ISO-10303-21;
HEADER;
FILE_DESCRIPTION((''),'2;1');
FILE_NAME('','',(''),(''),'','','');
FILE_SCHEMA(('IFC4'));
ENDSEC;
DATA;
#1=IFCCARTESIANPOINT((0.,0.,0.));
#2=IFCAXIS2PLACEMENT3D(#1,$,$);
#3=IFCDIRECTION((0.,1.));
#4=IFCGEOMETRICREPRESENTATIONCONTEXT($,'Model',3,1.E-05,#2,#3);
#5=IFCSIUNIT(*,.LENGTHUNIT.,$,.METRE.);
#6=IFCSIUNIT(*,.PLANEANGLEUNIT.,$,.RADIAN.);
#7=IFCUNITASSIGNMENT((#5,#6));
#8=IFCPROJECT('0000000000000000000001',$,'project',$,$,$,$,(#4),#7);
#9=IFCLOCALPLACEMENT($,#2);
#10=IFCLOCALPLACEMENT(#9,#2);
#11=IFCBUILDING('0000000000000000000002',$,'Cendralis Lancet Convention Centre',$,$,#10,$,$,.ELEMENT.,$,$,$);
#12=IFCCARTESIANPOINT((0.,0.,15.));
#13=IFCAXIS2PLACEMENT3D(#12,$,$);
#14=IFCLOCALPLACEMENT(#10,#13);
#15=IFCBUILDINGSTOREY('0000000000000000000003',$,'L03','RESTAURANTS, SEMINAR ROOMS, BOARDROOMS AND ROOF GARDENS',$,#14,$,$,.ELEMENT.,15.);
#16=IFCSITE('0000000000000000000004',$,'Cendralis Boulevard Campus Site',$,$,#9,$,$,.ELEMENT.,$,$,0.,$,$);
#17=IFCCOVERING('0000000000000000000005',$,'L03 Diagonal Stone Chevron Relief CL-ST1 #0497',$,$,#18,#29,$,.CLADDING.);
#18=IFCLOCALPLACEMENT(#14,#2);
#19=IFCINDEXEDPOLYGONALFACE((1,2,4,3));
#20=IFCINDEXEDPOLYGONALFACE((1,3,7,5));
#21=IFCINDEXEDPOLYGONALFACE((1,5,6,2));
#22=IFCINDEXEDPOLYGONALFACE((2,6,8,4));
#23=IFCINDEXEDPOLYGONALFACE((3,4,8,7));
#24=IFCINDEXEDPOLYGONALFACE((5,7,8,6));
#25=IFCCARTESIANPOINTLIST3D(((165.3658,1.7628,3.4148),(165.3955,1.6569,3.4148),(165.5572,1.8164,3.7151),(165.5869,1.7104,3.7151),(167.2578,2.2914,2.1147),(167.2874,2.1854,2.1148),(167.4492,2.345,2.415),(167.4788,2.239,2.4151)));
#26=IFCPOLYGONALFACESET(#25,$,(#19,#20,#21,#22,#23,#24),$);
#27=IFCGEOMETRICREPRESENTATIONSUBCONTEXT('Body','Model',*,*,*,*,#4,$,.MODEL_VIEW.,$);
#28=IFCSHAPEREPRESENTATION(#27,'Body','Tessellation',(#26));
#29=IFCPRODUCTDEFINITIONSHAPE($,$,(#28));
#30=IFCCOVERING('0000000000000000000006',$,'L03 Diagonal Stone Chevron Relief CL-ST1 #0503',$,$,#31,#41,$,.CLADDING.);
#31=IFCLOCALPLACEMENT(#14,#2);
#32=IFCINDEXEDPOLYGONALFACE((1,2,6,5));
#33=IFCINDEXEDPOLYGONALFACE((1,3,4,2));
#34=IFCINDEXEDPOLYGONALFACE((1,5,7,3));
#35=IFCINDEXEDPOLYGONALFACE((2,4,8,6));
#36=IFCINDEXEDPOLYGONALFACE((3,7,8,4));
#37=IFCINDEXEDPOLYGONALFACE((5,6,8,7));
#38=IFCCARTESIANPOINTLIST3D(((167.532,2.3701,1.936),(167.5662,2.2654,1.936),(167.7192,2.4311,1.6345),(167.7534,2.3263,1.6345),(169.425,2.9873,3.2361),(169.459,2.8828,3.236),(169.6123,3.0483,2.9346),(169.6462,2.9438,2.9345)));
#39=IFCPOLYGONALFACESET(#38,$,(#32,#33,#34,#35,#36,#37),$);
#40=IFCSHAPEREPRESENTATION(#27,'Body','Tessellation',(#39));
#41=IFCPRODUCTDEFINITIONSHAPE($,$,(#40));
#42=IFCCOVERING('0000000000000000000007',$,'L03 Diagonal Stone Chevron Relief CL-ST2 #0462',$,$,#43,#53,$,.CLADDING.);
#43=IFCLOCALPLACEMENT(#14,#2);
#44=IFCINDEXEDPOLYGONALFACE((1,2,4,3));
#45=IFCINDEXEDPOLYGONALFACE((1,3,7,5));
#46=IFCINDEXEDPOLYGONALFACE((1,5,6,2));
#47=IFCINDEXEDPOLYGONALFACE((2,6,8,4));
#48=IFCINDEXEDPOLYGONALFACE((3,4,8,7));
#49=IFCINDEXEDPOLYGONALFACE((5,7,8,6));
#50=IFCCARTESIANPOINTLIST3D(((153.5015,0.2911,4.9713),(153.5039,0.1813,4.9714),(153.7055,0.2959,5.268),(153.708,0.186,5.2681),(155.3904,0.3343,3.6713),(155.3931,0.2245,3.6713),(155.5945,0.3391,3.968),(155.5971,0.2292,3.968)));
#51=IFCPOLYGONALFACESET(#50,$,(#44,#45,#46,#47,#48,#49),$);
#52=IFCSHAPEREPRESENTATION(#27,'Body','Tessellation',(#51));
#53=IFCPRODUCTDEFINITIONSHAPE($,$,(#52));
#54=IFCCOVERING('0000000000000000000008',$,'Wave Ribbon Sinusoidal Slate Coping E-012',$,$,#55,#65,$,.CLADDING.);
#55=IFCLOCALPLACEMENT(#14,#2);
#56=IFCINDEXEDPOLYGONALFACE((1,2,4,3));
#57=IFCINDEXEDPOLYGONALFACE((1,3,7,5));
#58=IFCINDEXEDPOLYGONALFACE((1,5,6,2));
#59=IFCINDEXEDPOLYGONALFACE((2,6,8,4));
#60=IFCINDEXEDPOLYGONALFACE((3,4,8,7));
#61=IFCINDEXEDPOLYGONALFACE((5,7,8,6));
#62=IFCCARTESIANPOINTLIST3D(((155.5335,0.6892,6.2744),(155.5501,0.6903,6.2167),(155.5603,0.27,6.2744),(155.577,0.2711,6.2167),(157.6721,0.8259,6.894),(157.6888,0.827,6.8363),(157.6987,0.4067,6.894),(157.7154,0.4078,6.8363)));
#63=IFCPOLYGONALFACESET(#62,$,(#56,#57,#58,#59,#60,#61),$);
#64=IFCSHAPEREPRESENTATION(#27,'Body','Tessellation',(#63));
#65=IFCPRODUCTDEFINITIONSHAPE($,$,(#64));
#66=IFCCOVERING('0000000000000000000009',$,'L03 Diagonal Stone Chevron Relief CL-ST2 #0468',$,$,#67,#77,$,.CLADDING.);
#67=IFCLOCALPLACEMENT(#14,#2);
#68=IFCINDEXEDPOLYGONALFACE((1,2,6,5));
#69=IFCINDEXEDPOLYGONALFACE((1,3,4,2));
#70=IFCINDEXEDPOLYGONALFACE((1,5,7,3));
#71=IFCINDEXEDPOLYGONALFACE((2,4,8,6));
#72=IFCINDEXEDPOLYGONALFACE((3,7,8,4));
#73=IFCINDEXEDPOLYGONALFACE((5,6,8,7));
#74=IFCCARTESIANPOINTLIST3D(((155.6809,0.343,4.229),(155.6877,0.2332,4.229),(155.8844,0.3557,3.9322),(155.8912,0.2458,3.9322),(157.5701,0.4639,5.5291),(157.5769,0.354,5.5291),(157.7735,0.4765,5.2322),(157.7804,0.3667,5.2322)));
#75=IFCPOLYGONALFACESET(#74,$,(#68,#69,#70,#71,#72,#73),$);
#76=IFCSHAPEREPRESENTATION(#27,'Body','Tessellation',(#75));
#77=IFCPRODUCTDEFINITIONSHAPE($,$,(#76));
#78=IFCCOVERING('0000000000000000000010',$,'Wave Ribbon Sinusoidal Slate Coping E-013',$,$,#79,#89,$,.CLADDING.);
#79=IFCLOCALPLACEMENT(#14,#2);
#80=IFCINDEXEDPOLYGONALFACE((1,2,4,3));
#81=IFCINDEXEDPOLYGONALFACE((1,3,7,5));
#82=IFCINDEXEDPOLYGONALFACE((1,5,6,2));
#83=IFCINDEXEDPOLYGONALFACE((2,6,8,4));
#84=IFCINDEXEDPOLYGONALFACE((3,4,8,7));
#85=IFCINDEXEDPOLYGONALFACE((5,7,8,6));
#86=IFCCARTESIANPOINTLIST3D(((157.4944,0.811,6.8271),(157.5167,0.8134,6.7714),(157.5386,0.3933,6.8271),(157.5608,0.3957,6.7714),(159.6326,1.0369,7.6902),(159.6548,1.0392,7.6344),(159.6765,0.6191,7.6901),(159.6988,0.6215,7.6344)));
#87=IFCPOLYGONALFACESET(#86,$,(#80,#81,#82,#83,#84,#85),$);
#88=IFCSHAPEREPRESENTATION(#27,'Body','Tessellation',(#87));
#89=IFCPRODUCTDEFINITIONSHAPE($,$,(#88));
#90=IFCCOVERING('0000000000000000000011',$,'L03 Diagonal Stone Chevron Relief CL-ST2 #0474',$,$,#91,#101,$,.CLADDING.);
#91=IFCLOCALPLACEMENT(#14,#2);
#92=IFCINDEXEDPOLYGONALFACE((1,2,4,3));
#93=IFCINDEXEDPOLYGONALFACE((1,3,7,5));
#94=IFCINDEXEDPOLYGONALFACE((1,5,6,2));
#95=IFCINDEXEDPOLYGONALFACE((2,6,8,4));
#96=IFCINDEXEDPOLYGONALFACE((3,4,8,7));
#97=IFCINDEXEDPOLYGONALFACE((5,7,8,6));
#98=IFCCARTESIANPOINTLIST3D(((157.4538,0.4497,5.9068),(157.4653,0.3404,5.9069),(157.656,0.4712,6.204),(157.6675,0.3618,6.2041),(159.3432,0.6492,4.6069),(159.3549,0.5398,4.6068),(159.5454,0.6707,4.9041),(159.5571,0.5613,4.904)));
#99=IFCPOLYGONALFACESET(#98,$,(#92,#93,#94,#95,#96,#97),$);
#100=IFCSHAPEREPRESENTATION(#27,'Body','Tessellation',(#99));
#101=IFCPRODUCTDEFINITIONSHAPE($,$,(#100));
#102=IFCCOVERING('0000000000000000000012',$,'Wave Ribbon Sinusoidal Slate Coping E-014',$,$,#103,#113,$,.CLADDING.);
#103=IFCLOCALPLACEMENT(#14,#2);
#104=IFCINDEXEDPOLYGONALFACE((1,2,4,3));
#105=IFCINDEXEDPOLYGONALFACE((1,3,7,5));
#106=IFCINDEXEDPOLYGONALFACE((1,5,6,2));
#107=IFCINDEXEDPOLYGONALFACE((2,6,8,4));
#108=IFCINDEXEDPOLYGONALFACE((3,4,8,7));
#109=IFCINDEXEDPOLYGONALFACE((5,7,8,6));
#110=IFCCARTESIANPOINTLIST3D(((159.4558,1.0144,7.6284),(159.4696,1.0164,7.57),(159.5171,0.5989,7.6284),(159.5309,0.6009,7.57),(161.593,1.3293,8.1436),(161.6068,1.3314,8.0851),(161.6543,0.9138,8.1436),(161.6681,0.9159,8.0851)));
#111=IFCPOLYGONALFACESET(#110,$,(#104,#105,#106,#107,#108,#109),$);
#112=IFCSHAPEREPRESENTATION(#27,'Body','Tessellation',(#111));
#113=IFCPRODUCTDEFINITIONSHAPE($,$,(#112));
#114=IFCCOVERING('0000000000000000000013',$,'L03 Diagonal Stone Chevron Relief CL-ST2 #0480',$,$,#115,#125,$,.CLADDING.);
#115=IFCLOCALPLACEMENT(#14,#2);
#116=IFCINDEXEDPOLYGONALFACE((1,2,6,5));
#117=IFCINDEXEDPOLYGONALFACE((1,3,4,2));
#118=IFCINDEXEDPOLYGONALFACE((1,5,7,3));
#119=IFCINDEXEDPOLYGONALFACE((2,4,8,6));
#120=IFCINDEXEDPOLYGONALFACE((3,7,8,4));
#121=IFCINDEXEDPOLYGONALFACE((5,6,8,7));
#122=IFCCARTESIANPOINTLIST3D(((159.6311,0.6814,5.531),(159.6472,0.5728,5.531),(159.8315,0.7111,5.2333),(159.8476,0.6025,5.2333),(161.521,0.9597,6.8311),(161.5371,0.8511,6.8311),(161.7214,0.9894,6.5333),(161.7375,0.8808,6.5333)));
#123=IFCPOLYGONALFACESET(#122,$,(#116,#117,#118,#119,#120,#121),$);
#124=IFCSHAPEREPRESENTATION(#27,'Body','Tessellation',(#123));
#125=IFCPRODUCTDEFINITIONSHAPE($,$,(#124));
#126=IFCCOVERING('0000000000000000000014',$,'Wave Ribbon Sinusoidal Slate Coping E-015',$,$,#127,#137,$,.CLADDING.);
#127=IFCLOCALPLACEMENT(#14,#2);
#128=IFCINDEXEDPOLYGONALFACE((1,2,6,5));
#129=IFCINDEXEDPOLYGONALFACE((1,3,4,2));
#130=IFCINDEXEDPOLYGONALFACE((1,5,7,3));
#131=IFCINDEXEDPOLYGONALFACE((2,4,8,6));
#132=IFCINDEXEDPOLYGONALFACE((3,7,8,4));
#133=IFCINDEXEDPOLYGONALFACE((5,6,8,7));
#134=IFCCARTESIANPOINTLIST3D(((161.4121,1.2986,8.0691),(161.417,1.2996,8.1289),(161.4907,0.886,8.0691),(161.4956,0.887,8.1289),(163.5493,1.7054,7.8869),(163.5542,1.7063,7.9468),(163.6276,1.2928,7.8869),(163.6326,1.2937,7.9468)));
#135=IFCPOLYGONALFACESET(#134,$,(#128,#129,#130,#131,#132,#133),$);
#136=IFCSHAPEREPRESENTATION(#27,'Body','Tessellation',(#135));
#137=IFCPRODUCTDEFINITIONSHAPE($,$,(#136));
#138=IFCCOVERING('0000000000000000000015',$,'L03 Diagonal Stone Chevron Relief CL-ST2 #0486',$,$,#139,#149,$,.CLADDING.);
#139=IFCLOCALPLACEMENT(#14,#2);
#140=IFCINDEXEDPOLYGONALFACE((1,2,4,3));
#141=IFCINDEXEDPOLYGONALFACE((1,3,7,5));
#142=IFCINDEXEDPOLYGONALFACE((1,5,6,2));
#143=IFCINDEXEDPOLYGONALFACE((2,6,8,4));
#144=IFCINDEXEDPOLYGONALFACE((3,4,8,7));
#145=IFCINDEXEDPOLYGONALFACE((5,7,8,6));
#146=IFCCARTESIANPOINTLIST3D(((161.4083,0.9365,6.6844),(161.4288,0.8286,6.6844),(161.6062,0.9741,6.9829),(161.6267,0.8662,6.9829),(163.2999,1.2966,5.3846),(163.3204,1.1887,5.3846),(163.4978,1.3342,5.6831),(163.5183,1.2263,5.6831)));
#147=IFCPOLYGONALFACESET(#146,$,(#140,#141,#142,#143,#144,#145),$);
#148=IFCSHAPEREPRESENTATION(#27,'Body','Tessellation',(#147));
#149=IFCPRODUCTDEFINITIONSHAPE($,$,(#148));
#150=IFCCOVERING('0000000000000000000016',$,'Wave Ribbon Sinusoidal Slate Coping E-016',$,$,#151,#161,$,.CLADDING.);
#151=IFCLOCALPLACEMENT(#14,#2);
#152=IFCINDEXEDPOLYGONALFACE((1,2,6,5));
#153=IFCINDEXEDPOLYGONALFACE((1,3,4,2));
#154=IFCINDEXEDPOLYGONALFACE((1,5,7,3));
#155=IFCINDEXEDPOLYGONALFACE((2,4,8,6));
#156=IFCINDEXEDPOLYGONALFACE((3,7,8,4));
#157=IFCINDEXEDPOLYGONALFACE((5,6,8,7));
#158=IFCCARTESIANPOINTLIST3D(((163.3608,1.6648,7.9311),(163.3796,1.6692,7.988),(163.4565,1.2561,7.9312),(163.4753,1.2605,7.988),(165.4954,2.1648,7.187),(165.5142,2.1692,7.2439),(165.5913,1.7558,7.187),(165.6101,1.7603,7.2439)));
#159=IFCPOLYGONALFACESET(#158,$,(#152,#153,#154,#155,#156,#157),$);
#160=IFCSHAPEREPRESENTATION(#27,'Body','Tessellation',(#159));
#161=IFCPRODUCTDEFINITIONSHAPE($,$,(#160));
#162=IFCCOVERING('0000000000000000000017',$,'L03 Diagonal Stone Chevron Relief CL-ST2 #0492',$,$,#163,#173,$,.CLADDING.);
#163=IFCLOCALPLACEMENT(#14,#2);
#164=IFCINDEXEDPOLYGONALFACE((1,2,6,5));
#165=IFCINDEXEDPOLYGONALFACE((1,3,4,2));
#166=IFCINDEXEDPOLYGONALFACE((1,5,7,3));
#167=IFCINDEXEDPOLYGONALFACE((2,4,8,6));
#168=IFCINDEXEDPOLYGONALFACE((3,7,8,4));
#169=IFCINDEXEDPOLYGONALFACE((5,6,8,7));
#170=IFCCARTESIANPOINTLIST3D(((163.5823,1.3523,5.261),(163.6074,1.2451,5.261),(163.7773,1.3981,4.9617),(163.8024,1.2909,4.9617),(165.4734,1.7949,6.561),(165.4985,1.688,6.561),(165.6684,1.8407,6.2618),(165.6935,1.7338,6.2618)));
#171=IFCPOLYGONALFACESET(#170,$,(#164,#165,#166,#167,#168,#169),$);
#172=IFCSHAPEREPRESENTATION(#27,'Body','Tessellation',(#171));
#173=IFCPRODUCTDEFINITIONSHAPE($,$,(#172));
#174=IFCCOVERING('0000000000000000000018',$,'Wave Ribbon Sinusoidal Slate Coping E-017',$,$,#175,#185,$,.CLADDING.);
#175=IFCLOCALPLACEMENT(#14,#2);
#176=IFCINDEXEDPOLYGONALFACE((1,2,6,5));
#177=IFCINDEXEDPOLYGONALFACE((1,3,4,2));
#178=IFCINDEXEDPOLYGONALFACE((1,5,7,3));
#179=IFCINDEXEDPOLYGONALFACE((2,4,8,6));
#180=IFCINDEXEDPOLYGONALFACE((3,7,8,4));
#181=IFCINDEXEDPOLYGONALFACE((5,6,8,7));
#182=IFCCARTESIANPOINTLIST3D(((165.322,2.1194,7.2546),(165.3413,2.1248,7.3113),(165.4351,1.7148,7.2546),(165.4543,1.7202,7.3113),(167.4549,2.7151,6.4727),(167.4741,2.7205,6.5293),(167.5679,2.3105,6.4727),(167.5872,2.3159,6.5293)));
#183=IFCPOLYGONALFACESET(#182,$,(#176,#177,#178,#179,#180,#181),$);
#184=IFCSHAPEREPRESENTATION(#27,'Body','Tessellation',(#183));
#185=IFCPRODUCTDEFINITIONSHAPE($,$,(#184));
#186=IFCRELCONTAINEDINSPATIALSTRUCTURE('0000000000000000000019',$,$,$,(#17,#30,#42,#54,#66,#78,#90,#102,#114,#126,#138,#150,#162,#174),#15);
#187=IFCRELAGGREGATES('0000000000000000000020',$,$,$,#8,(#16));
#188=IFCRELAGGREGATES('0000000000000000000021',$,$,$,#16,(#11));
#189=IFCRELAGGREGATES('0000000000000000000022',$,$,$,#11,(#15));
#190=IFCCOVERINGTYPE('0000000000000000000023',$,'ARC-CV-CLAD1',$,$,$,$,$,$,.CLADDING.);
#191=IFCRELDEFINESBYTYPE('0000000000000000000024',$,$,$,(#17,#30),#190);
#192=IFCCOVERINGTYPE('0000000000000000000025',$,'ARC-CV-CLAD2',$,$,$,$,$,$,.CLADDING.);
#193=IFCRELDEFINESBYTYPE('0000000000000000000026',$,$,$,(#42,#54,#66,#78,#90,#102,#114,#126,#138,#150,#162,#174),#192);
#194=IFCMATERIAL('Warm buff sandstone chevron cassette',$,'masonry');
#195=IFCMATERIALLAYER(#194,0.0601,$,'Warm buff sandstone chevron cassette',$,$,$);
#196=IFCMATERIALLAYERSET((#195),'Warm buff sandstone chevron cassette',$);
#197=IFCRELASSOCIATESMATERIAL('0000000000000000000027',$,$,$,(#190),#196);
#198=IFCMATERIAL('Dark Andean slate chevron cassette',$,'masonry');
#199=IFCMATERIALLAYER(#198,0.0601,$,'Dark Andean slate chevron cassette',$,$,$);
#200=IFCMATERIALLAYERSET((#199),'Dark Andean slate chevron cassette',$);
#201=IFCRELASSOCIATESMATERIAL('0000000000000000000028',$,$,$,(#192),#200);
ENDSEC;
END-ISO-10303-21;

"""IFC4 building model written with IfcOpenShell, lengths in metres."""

from ifc_helpers import new_model, si_unit, direction, frame, origin, place, context, subcontext, project, spatial, polyline, outline, extrude, material, layer, layer_set, type_object, element, save


model = new_model("IFC4")

# Units and contexts
model_context = context("Model", 3, precision=1e-05, world=origin(), true_north=direction((0.0, 1.0)))
body_context = subcontext(model_context, "Body", "Model", "MODEL_VIEW")
ifc_project = project(units=[si_unit("LENGTHUNIT", "METRE"), si_unit("PLANEANGLEUNIT", "RADIAN")], contexts=[model_context])

# Site, building, storey
site_placement = place(None, origin())
site = spatial("IfcSite", under=ifc_project, at=site_placement, Name="Cendralis Boulevard Campus Site", CompositionType="ELEMENT", RefElevation=0.0)
building_placement = place(site_placement, origin())
building = spatial("IfcBuilding", under=site, at=building_placement, Name="Cendralis Lancet Convention Centre", CompositionType="ELEMENT")
storey_placement = place(building_placement, frame((0.0, 0.0, 15.0)))
storey = spatial("IfcBuildingStorey", under=building, at=storey_placement, Name="L03", Description="RESTAURANTS, SEMINAR ROOMS, BOARDROOMS AND ROOF GARDENS", CompositionType="ELEMENT", Elevation=15.0)

# Shared definitions
ifc_material_1 = material(Name="Warm buff sandstone chevron cassette", Category="masonry")
ifc_material_2 = material(Name="Dark Andean slate chevron cassette", Category="masonry")

# Coverings
ifc_layer_1 = layer(ifc_material_1, 0.0601, Name="Warm buff sandstone chevron cassette")
ifc_layer_set_1 = layer_set([ifc_layer_1], Name="Warm buff sandstone chevron cassette")
covering_type_1 = type_object("IfcCoveringType", Name="ARC-CV-CLAD1", PredefinedType="CLADDING", material=ifc_layer_set_1)
covering_1_placement = place(storey_placement, frame((165.5869, 1.7104, 3.7151), z_axis=(0.531454, 0.148783, 0.833919), x_axis=(0.803161, 0.224396, -0.551887)))
element("IfcCovering", 1, at=covering_1_placement, inside=storey, type_object=covering_type_1, Name="L03 Diagonal Stone Chevron Relief CL-ST1 #0497", PredefinedType="CLADDING", context=body_context, shape_type="SweptSolid", body=[
    extrude(outline(polyline([(0.0, 0.0), (2.3555, 0.0), (2.3556, 0.11), (-0.0001, 0.1101), (0.0, 0.0)])), origin(), (0.0, 0.0, -1.0), 0.3601),
])
covering_2_placement = place(storey_placement, frame((167.5662, 2.2654, 1.936), z_axis=(-0.519865, -0.169244, 0.837315), x_axis=(0.796035, 0.259664, 0.54672)))
element("IfcCovering", 2, at=covering_2_placement, inside=storey, type_object=covering_type_1, Name="L03 Diagonal Stone Chevron Relief CL-ST1 #0503", PredefinedType="CLADDING", context=body_context, shape_type="SweptSolid", body=[
    extrude(outline(polyline([(0.0, 0.0), (2.3778, 0.0), (2.378, 0.1099), (0.0, 0.1102), (0.0, 0.0)])), origin(), (0.0, 0.0, -1.0), 0.3601),
])
ifc_layer_2 = layer(ifc_material_2, 0.0601, Name="Dark Andean slate chevron cassette")
ifc_layer_set_2 = layer_set([ifc_layer_2], Name="Dark Andean slate chevron cassette")
covering_type_2 = type_object("IfcCoveringType", Name="ARC-CV-CLAD2", PredefinedType="CLADDING", material=ifc_layer_set_2)
covering_3_placement = place(storey_placement, frame((153.708, 0.186, 5.2681), z_axis=(0.566669, 0.013222, 0.823839), x_axis=(0.823624, 0.01884, -0.566823)))
element("IfcCovering", 3, at=covering_3_placement, inside=storey, type_object=covering_type_2, Name="L03 Diagonal Stone Chevron Relief CL-ST2 #0462", PredefinedType="CLADDING", context=body_context, shape_type="SweptSolid", body=[
    extrude(outline(polyline([(0.0, 0.0), (2.2937, 0.0), (2.2935, 0.1099), (0.0001, 0.1099), (0.0, 0.0)])), origin(), (0.0, 0.0, -1.0), 0.3601),
])
covering_4_placement = place(storey_placement, frame((155.5603, 0.27, 6.2744), z_axis=(-0.27721, -0.017679, 0.960647), x_axis=(0.958689, 0.061293, 0.277773)))
element("IfcCovering", 4, at=covering_4_placement, inside=storey, type_object=covering_type_2, Name="Wave Ribbon Sinusoidal Slate Coping E-012", PredefinedType="CLADDING", context=body_context, shape_type="SweptSolid", body=[
    extrude(outline(polyline([(0.0, 0.0), (2.2306, 0.0), (2.2308, 0.42), (-0.0001, 0.42), (0.0, 0.0)])), origin(), (0.0, 0.0, -1.0), 0.0601),
])
covering_5_placement = place(storey_placement, frame((155.6877, 0.2332, 4.229), z_axis=(-0.565022, -0.035157, 0.824327), x_axis=(0.822646, 0.052625, 0.566114)))
element("IfcCovering", 5, at=covering_5_placement, inside=storey, type_object=covering_type_2, Name="L03 Diagonal Stone Chevron Relief CL-ST2 #0468", PredefinedType="CLADDING", context=body_context, shape_type="SweptSolid", body=[
    extrude(outline(polyline([(0.0, 0.0), (2.2964, 0.0), (2.2966, 0.1101), (0.0002, 0.1101), (0.0, 0.0)])), origin(), (0.0, 0.0, -1.0), 0.3601),
])
covering_6_placement = place(storey_placement, frame((157.5386, 0.3933, 6.8271), z_axis=(-0.370471, -0.039082, 0.928021), x_axis=(0.922887, 0.097484, 0.372527)))
element("IfcCovering", 6, at=covering_6_placement, inside=storey, type_object=covering_type_2, Name="Wave Ribbon Sinusoidal Slate Coping E-013", PredefinedType="CLADDING", context=body_context, shape_type="SweptSolid", body=[
    extrude(outline(polyline([(0.0, 0.0), (2.3166, 0.0), (2.3168, 0.42), (-0.0001, 0.4201), (0.0, 0.0)])), origin(), (0.0, 0.0, -1.0), 0.0601),
])
covering_7_placement = place(storey_placement, frame((157.6675, 0.3618, 6.2041), z_axis=(0.561546, 0.059539, 0.825301), x_axis=(0.820741, 0.086634, -0.564693)))
element("IfcCovering", 7, at=covering_7_placement, inside=storey, type_object=covering_type_2, Name="L03 Diagonal Stone Chevron Relief CL-ST2 #0474", PredefinedType="CLADDING", context=body_context, shape_type="SweptSolid", body=[
    extrude(outline(polyline([(0.0, 0.0), (2.3023, 0.0), (2.3022, 0.11), (0.0001, 0.11), (0.0, 0.0)])), origin(), (0.0, 0.0, -1.0), 0.3601),
])
covering_8_placement = place(storey_placement, frame((159.5171, 0.5989, 7.6284), z_axis=(-0.229472, -0.033841, 0.972727), x_axis=(0.962334, 0.141811, 0.231954)))
element("IfcCovering", 8, at=covering_8_placement, inside=storey, type_object=covering_type_2, Name="Wave Ribbon Sinusoidal Slate Coping E-014", PredefinedType="CLADDING", context=body_context, shape_type="SweptSolid", body=[
    extrude(outline(polyline([(0.0, 0.0), (2.2209, 0.0), (2.2208, 0.42), (0.0, 0.42), (0.0, 0.0)])), origin(), (0.0, 0.0, -1.0), 0.0601),
])
covering_9_placement = place(storey_placement, frame((159.6472, 0.5728, 5.531), z_axis=(-0.556536, -0.082542, 0.826713), x_axis=(0.817891, 0.120449, 0.562624)))
element("IfcCovering", 9, at=covering_9_placement, inside=storey, type_object=covering_type_2, Name="L03 Diagonal Stone Chevron Relief CL-ST2 #0480", PredefinedType="CLADDING", context=body_context, shape_type="SweptSolid", body=[
    extrude(outline(polyline([(0.0, 0.0), (2.3107, 0.0), (2.3106, 0.1098), (-0.0001, 0.1098), (0.0, 0.0)])), origin(), (0.0, 0.0, -1.0), 0.3601),
])
covering_10_placement = place(storey_placement, frame((161.4956, 0.887, 8.1289), z_axis=(0.081959, 0.015592, 0.996514), x_axis=(0.978939, 0.186326, -0.083428)))
element("IfcCovering", 10, at=covering_10_placement, inside=storey, type_object=covering_type_2, Name="Wave Ribbon Sinusoidal Slate Coping E-015", PredefinedType="CLADDING", context=body_context, shape_type="SweptSolid", body=[
    extrude(outline(polyline([(0.0, 0.0), (2.1829, 0.0), (2.1831, 0.42), (-0.0001, 0.42), (0.0, 0.0)])), origin(), (0.0, 0.0, -1.0), 0.0601),
])
covering_11_placement = place(storey_placement, frame((161.6267, 0.8662, 6.9829), z_axis=(0.549648, 0.104458, 0.82884), x_axis=(0.814217, 0.155004, -0.559485)))
element("IfcCovering", 11, at=covering_11_placement, inside=storey, type_object=covering_type_2, Name="L03 Diagonal Stone Chevron Relief CL-ST2 #0486", PredefinedType="CLADDING", context=body_context, shape_type="SweptSolid", body=[
    extrude(outline(polyline([(0.0, 0.0), (2.3232, 0.0), (2.3232, 0.1098), (0.0, 0.1098), (0.0, 0.0)])), origin(), (0.0, 0.0, -1.0), 0.3601),
])
covering_12_placement = place(storey_placement, frame((163.4753, 1.2605, 7.988), z_axis=(0.312928, 0.07335, 0.94694), x_axis=(0.922012, 0.215846, -0.32141)))
element("IfcCovering", 12, at=covering_12_placement, inside=storey, type_object=covering_type_2, Name="Wave Ribbon Sinusoidal Slate Coping E-016", PredefinedType="CLADDING", context=body_context, shape_type="SweptSolid", body=[
    extrude(outline(polyline([(0.0, 0.0), (2.3153, 0.0), (2.3151, 0.42), (0.0, 0.4197), (0.0, 0.0)])), origin(), (0.0, 0.0, -1.0), 0.0601),
])
covering_13_placement = place(storey_placement, frame((163.6074, 1.2451, 5.261), z_axis=(-0.541506, -0.127195, 0.831019), x_axis=(0.809128, 0.189486, 0.556244)))
element("IfcCovering", 13, at=covering_13_placement, inside=storey, type_object=covering_type_2, Name="L03 Diagonal Stone Chevron Relief CL-ST2 #0492", PredefinedType="CLADDING", context=body_context, shape_type="SweptSolid", body=[
    extrude(outline(polyline([(0.0, 0.0), (2.3372, 0.0), (2.3371, 0.1099), (0.0, 0.1101), (0.0, 0.0)])), origin(), (0.0, 0.0, -1.0), 0.3601),
])
covering_14_placement = place(storey_placement, frame((165.4543, 1.7202, 7.3113), z_axis=(0.320693, 0.089608, 0.942935), x_axis=(0.908176, 0.253657, -0.332977)))
element("IfcCovering", 14, at=covering_14_placement, inside=storey, type_object=covering_type_2, Name="Wave Ribbon Sinusoidal Slate Coping E-017", PredefinedType="CLADDING", context=body_context, shape_type="SweptSolid", body=[
    extrude(outline(polyline([(0.0, 0.0), (2.3485, 0.0), (2.3484, 0.42), (0.0, 0.42), (0.0, 0.0)])), origin(), (0.0, 0.0, -1.0), 0.0601),
])

save(model, "model.ifc")
